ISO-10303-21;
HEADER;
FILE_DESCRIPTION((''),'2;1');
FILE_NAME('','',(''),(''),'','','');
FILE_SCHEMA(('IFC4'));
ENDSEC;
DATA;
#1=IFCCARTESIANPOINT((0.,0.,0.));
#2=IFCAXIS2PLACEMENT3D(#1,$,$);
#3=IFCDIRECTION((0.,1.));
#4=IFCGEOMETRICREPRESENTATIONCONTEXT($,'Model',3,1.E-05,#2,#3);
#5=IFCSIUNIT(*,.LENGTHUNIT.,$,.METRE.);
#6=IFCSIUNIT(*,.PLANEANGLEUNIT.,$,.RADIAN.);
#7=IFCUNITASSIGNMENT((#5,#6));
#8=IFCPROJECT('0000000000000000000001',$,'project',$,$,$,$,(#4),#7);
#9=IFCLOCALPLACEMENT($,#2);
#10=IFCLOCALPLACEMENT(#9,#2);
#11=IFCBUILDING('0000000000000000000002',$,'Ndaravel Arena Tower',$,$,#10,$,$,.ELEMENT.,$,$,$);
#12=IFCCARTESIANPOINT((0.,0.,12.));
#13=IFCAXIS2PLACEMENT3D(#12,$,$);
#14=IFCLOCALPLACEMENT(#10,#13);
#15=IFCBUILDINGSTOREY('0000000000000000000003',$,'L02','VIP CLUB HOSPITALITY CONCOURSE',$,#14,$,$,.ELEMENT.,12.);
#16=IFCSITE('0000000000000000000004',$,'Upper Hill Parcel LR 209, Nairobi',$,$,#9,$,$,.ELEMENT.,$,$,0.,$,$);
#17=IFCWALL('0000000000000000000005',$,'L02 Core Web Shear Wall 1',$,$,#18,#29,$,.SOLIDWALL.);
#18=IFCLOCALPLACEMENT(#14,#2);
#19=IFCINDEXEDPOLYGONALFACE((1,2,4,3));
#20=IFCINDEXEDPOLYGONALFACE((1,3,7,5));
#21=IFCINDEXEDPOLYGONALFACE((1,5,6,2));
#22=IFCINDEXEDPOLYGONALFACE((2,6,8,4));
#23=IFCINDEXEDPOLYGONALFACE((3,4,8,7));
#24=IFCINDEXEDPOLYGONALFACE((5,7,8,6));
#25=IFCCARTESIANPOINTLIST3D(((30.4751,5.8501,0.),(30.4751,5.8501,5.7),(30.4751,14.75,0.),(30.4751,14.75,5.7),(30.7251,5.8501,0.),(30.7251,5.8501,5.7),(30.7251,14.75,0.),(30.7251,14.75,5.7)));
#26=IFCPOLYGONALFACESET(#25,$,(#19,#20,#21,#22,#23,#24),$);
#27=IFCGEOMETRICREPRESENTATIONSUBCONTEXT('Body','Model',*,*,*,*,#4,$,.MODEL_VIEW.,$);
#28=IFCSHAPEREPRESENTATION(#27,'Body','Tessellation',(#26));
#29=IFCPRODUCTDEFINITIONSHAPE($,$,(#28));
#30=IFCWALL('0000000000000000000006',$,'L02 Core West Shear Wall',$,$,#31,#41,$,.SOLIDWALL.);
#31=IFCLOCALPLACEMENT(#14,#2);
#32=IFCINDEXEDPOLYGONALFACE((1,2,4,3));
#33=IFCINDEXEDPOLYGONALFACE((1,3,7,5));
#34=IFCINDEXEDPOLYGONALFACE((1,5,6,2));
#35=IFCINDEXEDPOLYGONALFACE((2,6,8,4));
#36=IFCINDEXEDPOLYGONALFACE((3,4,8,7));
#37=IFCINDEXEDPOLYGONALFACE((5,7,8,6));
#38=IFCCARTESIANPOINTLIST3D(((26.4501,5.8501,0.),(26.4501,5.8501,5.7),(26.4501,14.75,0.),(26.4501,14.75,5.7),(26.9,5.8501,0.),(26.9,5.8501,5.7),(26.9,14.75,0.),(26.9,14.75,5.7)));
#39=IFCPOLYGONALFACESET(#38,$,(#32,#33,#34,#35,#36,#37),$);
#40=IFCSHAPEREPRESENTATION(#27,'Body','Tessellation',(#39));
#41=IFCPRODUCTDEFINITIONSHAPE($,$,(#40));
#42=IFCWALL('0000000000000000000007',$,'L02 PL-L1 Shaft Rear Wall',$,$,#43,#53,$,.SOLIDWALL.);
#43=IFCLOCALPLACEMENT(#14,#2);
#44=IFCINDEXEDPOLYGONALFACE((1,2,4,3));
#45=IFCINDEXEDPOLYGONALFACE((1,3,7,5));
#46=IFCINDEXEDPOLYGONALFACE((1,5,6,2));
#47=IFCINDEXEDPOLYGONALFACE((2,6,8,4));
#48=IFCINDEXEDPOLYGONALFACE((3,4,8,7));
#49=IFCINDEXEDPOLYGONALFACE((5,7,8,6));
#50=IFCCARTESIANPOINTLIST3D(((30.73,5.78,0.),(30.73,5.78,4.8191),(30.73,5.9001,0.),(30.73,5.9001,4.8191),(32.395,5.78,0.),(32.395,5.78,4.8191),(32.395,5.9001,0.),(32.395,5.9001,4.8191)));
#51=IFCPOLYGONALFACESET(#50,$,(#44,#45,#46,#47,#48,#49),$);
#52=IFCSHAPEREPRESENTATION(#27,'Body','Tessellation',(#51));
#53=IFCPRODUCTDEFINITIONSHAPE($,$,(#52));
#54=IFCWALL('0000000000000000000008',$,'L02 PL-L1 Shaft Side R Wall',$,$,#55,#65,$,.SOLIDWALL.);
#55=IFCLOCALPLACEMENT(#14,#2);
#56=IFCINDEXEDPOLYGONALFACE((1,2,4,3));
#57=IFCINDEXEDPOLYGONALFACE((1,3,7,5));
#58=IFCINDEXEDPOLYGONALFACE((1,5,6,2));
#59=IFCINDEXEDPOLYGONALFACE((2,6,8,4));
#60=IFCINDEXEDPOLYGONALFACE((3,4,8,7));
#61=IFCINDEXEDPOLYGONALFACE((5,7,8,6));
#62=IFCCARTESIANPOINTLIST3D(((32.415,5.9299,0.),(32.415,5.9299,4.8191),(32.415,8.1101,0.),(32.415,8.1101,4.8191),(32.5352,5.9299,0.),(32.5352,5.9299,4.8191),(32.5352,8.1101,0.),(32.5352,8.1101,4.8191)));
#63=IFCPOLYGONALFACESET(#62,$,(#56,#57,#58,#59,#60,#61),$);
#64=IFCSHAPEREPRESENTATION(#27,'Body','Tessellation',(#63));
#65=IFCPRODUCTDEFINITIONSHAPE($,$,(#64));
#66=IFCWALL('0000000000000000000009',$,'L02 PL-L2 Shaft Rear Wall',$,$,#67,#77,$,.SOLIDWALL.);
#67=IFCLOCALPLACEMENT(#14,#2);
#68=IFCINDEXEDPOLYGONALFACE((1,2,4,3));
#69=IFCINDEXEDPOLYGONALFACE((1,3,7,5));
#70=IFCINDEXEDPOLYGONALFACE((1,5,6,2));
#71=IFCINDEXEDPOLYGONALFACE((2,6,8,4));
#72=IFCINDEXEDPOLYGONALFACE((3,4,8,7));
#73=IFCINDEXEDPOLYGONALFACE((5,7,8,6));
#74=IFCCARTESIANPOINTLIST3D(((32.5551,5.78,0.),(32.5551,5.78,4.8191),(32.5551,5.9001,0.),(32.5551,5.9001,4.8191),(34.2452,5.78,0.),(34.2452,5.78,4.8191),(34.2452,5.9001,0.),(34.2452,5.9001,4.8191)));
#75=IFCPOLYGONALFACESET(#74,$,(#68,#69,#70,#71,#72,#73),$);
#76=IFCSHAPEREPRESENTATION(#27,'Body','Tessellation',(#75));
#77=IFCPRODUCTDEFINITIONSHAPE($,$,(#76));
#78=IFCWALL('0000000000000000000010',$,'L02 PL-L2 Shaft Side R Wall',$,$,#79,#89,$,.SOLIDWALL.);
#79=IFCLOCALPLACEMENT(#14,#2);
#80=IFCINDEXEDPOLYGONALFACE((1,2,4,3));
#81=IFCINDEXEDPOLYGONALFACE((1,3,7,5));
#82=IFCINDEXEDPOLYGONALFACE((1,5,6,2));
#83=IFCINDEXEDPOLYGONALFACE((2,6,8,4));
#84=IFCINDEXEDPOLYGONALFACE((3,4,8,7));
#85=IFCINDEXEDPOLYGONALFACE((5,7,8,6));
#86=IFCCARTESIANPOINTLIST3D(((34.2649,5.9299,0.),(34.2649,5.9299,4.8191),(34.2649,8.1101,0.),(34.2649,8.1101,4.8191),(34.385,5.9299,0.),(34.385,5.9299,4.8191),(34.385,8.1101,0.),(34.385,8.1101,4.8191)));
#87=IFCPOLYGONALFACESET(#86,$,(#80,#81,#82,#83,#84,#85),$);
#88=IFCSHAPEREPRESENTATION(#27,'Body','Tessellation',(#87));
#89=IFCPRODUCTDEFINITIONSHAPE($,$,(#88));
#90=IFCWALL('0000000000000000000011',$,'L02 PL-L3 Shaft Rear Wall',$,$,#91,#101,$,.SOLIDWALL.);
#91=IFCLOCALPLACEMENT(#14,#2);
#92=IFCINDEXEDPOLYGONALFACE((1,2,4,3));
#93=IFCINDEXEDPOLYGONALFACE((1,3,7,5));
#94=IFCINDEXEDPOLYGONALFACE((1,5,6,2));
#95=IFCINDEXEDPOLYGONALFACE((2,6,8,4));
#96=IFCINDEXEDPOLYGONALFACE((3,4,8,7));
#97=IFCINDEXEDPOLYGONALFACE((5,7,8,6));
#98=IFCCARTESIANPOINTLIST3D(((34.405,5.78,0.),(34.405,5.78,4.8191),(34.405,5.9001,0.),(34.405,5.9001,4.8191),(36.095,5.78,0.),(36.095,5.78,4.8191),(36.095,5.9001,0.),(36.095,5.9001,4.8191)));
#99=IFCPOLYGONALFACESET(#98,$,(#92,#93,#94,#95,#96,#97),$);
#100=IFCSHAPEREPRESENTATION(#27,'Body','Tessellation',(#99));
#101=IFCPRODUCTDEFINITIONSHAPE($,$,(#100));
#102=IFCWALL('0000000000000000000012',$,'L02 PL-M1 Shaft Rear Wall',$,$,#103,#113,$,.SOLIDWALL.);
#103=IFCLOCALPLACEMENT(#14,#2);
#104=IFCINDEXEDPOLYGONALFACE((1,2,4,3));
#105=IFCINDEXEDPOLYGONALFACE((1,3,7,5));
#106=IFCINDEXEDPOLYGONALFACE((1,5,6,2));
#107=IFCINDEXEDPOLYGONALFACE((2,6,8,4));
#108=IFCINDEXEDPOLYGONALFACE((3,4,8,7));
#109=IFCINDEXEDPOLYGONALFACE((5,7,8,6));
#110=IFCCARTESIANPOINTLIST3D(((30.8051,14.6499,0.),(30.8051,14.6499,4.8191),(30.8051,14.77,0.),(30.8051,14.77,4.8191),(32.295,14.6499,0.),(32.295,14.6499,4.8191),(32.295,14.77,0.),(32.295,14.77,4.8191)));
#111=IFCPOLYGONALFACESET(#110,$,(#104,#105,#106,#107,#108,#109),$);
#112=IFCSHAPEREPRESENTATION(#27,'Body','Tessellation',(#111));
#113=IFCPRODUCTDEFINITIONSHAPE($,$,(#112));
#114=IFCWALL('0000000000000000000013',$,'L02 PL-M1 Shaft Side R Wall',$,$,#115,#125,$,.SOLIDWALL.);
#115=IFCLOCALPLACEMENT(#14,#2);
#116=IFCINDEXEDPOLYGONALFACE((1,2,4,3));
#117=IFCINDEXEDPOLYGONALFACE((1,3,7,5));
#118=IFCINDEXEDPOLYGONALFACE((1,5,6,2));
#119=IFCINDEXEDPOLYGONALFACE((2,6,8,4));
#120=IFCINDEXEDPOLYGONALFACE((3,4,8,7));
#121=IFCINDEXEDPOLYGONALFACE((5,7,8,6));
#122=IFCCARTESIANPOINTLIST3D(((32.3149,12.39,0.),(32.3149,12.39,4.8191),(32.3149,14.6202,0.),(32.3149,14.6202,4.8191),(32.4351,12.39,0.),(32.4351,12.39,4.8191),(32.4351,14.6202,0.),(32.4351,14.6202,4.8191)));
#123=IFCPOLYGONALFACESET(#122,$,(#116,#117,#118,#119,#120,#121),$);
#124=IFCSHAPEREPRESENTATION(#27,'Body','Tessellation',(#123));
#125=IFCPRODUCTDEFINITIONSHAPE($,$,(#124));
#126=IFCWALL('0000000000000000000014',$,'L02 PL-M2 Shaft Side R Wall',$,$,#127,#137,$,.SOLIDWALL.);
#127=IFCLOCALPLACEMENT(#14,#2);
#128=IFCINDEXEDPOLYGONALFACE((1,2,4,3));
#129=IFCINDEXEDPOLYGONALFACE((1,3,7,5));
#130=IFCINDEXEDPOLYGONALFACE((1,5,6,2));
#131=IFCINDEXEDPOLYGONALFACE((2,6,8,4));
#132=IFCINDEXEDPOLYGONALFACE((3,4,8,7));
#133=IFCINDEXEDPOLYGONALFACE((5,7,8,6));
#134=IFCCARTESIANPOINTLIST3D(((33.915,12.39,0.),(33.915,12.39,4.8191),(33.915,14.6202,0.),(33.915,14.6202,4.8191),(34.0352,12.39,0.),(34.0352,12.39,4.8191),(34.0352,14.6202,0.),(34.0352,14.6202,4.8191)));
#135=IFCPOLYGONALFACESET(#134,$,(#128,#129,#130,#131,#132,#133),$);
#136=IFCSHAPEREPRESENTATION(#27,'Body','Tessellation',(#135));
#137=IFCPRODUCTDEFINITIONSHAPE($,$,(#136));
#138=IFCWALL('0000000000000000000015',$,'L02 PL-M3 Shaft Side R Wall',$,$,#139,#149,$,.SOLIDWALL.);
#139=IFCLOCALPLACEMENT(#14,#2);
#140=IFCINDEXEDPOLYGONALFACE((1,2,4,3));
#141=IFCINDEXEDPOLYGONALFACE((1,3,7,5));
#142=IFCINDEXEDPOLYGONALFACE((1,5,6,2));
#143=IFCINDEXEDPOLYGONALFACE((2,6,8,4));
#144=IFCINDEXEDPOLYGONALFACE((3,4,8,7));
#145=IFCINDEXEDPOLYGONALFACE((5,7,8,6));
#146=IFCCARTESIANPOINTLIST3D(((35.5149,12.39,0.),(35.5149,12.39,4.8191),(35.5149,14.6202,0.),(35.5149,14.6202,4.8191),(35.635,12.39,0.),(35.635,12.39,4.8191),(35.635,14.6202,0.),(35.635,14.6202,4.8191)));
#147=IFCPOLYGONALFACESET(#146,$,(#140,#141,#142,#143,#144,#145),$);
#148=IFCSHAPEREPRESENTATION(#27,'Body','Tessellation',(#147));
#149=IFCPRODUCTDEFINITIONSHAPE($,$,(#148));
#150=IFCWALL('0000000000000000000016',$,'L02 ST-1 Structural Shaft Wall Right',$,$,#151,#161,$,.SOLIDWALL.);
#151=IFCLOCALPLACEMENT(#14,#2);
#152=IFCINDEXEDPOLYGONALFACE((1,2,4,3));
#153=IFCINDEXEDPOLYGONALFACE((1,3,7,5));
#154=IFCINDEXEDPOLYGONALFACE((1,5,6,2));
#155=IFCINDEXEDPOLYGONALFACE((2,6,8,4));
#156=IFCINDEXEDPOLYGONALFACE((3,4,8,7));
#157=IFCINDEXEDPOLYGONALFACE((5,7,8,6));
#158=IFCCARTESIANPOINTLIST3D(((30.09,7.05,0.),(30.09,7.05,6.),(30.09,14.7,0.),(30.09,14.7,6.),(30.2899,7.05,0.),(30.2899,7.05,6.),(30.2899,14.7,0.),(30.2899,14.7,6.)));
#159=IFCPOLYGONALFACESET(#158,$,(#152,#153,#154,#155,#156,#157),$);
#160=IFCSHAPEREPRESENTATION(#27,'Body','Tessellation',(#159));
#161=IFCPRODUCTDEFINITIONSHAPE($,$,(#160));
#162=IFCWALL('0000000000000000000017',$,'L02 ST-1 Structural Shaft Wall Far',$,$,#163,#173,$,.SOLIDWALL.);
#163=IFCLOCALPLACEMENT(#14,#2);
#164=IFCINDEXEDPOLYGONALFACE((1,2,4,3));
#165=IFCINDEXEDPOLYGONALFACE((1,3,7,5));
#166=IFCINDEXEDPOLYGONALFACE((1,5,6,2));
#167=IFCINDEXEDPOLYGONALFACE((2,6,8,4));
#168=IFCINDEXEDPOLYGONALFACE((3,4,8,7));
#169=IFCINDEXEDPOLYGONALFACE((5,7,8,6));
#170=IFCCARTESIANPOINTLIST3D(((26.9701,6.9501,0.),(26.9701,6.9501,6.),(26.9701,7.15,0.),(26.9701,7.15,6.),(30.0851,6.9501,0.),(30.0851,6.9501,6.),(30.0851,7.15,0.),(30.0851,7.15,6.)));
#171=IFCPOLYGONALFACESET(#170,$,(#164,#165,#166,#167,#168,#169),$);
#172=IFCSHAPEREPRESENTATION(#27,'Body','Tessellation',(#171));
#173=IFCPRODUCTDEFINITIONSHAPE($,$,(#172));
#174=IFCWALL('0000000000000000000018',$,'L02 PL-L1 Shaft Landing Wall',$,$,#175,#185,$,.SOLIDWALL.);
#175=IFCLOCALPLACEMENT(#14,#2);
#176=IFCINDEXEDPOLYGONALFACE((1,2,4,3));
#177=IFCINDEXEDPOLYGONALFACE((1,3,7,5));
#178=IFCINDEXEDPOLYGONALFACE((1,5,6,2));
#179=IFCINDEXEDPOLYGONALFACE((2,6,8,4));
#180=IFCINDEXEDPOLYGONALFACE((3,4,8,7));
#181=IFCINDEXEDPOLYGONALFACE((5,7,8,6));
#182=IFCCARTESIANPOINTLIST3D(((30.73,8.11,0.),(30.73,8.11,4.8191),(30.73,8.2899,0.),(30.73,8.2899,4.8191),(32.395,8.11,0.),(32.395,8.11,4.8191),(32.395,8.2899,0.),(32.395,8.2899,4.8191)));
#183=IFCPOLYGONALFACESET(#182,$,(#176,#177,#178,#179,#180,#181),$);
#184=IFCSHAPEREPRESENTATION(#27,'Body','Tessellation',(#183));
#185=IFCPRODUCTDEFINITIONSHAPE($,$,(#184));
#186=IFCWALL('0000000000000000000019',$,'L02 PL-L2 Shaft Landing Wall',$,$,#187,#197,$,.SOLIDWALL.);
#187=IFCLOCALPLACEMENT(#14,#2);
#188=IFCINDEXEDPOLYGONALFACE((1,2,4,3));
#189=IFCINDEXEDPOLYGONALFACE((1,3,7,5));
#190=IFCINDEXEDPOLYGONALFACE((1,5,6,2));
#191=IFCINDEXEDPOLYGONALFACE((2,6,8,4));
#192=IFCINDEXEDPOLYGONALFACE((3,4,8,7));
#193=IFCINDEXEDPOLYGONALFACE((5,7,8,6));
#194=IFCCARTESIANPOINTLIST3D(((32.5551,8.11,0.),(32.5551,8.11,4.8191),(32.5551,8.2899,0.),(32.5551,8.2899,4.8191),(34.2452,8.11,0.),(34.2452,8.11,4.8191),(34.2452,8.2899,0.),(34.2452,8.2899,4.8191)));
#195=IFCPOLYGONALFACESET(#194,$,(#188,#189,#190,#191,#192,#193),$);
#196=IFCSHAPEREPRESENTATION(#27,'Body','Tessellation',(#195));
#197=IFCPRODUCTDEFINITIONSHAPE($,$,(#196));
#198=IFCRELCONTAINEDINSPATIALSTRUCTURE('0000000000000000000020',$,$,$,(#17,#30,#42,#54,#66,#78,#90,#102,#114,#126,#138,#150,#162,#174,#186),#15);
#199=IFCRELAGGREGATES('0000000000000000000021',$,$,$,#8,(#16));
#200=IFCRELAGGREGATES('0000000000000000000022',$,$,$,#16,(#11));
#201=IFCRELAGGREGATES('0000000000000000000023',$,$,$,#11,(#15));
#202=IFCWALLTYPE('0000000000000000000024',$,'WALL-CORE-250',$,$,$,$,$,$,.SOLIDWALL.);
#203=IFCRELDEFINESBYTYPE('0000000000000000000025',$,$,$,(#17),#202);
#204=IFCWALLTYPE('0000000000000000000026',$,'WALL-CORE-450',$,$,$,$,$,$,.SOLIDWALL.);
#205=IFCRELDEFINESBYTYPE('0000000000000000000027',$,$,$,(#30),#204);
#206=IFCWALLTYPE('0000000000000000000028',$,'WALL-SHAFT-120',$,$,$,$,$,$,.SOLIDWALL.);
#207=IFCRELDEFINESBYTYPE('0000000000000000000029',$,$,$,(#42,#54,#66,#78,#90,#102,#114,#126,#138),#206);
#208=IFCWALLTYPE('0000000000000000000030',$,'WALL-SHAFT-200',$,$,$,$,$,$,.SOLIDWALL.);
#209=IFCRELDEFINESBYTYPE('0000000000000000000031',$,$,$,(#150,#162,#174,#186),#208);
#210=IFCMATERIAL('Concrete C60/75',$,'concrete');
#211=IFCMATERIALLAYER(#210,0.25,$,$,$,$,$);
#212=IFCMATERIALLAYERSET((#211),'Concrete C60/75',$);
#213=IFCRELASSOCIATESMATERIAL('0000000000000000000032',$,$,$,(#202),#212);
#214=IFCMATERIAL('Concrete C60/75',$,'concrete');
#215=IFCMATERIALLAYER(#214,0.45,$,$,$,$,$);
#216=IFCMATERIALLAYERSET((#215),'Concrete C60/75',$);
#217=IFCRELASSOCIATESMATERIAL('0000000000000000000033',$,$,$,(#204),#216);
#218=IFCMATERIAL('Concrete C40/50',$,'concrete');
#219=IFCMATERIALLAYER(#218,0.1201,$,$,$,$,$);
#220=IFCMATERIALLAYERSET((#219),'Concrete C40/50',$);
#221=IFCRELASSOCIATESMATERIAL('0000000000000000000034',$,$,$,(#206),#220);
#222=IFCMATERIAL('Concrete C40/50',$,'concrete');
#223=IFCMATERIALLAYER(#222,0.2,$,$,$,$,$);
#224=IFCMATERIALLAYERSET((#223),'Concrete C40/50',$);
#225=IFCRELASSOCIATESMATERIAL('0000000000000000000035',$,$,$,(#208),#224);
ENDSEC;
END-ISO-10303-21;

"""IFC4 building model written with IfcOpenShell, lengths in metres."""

from ifc_helpers import new_model, si_unit, direction, frame, frame_2d, origin, place, context, subcontext, project, spatial, rectangle, extrude, material, layer, layer_set, type_object, element, save


model = new_model("IFC4")

# Units and contexts
model_context = context("Model", 3, precision=1e-05, world=origin(), true_north=direction((0.0, 1.0)))
body_context = subcontext(model_context, "Body", "Model", "MODEL_VIEW")
ifc_project = project(units=[si_unit("LENGTHUNIT", "METRE"), si_unit("PLANEANGLEUNIT", "RADIAN")], contexts=[model_context])

# Site, building, storey
site_placement = place(None, origin())
site = spatial("IfcSite", under=ifc_project, at=site_placement, Name="Upper Hill Parcel LR 209, Nairobi", CompositionType="ELEMENT", RefElevation=0.0)
building_placement = place(site_placement, origin())
building = spatial("IfcBuilding", under=site, at=building_placement, Name="Ndaravel Arena Tower", CompositionType="ELEMENT")
storey_placement = place(building_placement, frame((0.0, 0.0, 12.0)))
storey = spatial("IfcBuildingStorey", under=building, at=storey_placement, Name="L02", Description="VIP CLUB HOSPITALITY CONCOURSE", CompositionType="ELEMENT", Elevation=12.0)

# Walls
ifc_material_1 = material(Name="Concrete C60/75", Category="concrete")
ifc_layer_1 = layer(ifc_material_1, 0.25)
ifc_layer_set_1 = layer_set([ifc_layer_1], Name="Concrete C60/75")
wall_type_1 = type_object("IfcWallType", Name="WALL-CORE-250", PredefinedType="SOLIDWALL", material=ifc_layer_set_1)
wall_1_placement = place(storey_placement, frame((30.6001, 5.8501, 0.0), z_axis=(0.0, 0.0, 1.0), x_axis=(0.0, 1.0, 0.0)))
element("IfcWall", 1, at=wall_1_placement, inside=storey, type_object=wall_type_1, Name="L02 Core Web Shear Wall 1", PredefinedType="SOLIDWALL", context=body_context, shape_type="SweptSolid", body=[
    extrude(rectangle(XDim=8.8999, YDim=0.25, at=frame_2d((4.45, 0.0))), origin(), (0.0, 0.0, 1.0), 5.7),
])
ifc_material_2 = material(Name="Concrete C60/75", Category="concrete")
ifc_layer_2 = layer(ifc_material_2, 0.45)
ifc_layer_set_2 = layer_set([ifc_layer_2], Name="Concrete C60/75")
wall_type_2 = type_object("IfcWallType", Name="WALL-CORE-450", PredefinedType="SOLIDWALL", material=ifc_layer_set_2)
wall_2_placement = place(storey_placement, frame((26.675, 5.8501, 0.0), z_axis=(0.0, 0.0, 1.0), x_axis=(0.0, 1.0, 0.0)))
element("IfcWall", 2, at=wall_2_placement, inside=storey, type_object=wall_type_2, Name="L02 Core West Shear Wall", PredefinedType="SOLIDWALL", context=body_context, shape_type="SweptSolid", body=[
    extrude(rectangle(XDim=8.8999, YDim=0.45, at=frame_2d((4.45, 0.0))), origin(), (0.0, 0.0, 1.0), 5.7),
])
ifc_material_3 = material(Name="Concrete C40/50", Category="concrete")
ifc_layer_3 = layer(ifc_material_3, 0.1201)
ifc_layer_set_3 = layer_set([ifc_layer_3], Name="Concrete C40/50")
wall_type_3 = type_object("IfcWallType", Name="WALL-SHAFT-120", PredefinedType="SOLIDWALL", material=ifc_layer_set_3)
wall_3_placement = place(storey_placement, frame((30.73, 5.8401, 0.0), z_axis=(0.0, 0.0, 1.0), x_axis=(1.0, 0.0, 0.0)))
element("IfcWall", 3, at=wall_3_placement, inside=storey, type_object=wall_type_3, Name="L02 PL-L1 Shaft Rear Wall", PredefinedType="SOLIDWALL", context=body_context, shape_type="SweptSolid", body=[
    extrude(rectangle(XDim=1.665, YDim=0.1201, at=frame_2d((0.8325, 0.0))), origin(), (0.0, 0.0, 1.0), 4.8191),
])
wall_4_placement = place(storey_placement, frame((32.4751, 5.9299, 0.0), z_axis=(0.0, 0.0, 1.0), x_axis=(0.0, 1.0, 0.0)))
element("IfcWall", 4, at=wall_4_placement, inside=storey, type_object=wall_type_3, Name="L02 PL-L1 Shaft Side R Wall", PredefinedType="SOLIDWALL", context=body_context, shape_type="SweptSolid", body=[
    extrude(rectangle(XDim=2.1802, YDim=0.1201, at=frame_2d((1.0901, 0.0))), origin(), (0.0, 0.0, 1.0), 4.8191),
])
wall_5_placement = place(storey_placement, frame((32.5549, 5.8401, 0.0), z_axis=(0.0, 0.0, 1.0), x_axis=(1.0, 0.0, 0.0)))
element("IfcWall", 5, at=wall_5_placement, inside=storey, type_object=wall_type_3, Name="L02 PL-L2 Shaft Rear Wall", PredefinedType="SOLIDWALL", context=body_context, shape_type="SweptSolid", body=[
    extrude(rectangle(XDim=1.6902, YDim=0.1201, at=frame_2d((0.8452, 0.0))), origin(), (0.0, 0.0, 1.0), 4.8191),
])
wall_6_placement = place(storey_placement, frame((34.325, 5.9299, 0.0), z_axis=(0.0, 0.0, 1.0), x_axis=(0.0, 1.0, 0.0)))
element("IfcWall", 6, at=wall_6_placement, inside=storey, type_object=wall_type_3, Name="L02 PL-L2 Shaft Side R Wall", PredefinedType="SOLIDWALL", context=body_context, shape_type="SweptSolid", body=[
    extrude(rectangle(XDim=2.1802, YDim=0.1201, at=frame_2d((1.0901, 0.0))), origin(), (0.0, 0.0, 1.0), 4.8191),
])
wall_7_placement = place(storey_placement, frame((34.405, 5.8401, 0.0), z_axis=(0.0, 0.0, 1.0), x_axis=(1.0, 0.0, 0.0)))
element("IfcWall", 7, at=wall_7_placement, inside=storey, type_object=wall_type_3, Name="L02 PL-L3 Shaft Rear Wall", PredefinedType="SOLIDWALL", context=body_context, shape_type="SweptSolid", body=[
    extrude(rectangle(XDim=1.6899, YDim=0.1201, at=frame_2d((0.845, 0.0))), origin(), (0.0, 0.0, 1.0), 4.8191),
])
wall_8_placement = place(storey_placement, frame((30.8049, 14.71, 0.0), z_axis=(0.0, 0.0, 1.0), x_axis=(1.0, 0.0, 0.0)))
element("IfcWall", 8, at=wall_8_placement, inside=storey, type_object=wall_type_3, Name="L02 PL-M1 Shaft Rear Wall", PredefinedType="SOLIDWALL", context=body_context, shape_type="SweptSolid", body=[
    extrude(rectangle(XDim=1.49, YDim=0.1201, at=frame_2d((0.7451, 0.0))), origin(), (0.0, 0.0, 1.0), 4.8191),
])
for number, where, z_axis, x_axis, name in (
    (9, (32.375, 12.3899, 0.0), (0.0, 0.0, 1.0), (0.0, 1.0, 0.0), "L02 PL-M1 Shaft Side R Wall"),
    (10, (33.9751, 12.3899, 0.0), (0.0, 0.0, 1.0), (0.0, 1.0, 0.0), "L02 PL-M2 Shaft Side R Wall"),
    (11, (35.575, 12.3899, 0.0), (0.0, 0.0, 1.0), (0.0, 1.0, 0.0), "L02 PL-M3 Shaft Side R Wall"),
):
    element("IfcWall", number, at=place(storey_placement, frame(where, z_axis=z_axis, x_axis=x_axis)), inside=storey, type_object=wall_type_3, Name=name, PredefinedType="SOLIDWALL", context=body_context, shape_type="SweptSolid", body=[
        extrude(rectangle(XDim=2.2302, YDim=0.1201, at=frame_2d((1.1152, 0.0))), origin(), (0.0, 0.0, 1.0), 4.8191),
    ])
ifc_material_4 = material(Name="Concrete C40/50", Category="concrete")
ifc_layer_4 = layer(ifc_material_4, 0.2)
ifc_layer_set_4 = layer_set([ifc_layer_4], Name="Concrete C40/50")
wall_type_4 = type_object("IfcWallType", Name="WALL-SHAFT-200", PredefinedType="SOLIDWALL", material=ifc_layer_set_4)
wall_9_placement = place(storey_placement, frame((30.1899, 14.7, 0.0), z_axis=(0.0, 0.0, 1.0), x_axis=(0.0, -1.0, 0.0)))
element("IfcWall", 12, at=wall_9_placement, inside=storey, type_object=wall_type_4, Name="L02 ST-1 Structural Shaft Wall Right", PredefinedType="SOLIDWALL", context=body_context, shape_type="SweptSolid", body=[
    extrude(rectangle(XDim=7.6499, YDim=0.2, at=frame_2d((3.825, 0.0))), origin(), (0.0, 0.0, 1.0), 6.0),
])
wall_10_placement = place(storey_placement, frame((26.97, 7.05, 0.0), z_axis=(0.0, 0.0, 1.0), x_axis=(1.0, 0.0, 0.0)))
element("IfcWall", 13, at=wall_10_placement, inside=storey, type_object=wall_type_4, Name="L02 ST-1 Structural Shaft Wall Far", PredefinedType="SOLIDWALL", context=body_context, shape_type="SweptSolid", body=[
    extrude(rectangle(XDim=3.115, YDim=0.2, at=frame_2d((1.5576, 0.0))), origin(), (0.0, 0.0, 1.0), 6.0),
])
wall_11_placement = place(storey_placement, frame((30.73, 8.2, 0.0), z_axis=(0.0, 0.0, 1.0), x_axis=(1.0, 0.0, 0.0)))
element("IfcWall", 14, at=wall_11_placement, inside=storey, type_object=wall_type_4, Name="L02 PL-L1 Shaft Landing Wall", PredefinedType="SOLIDWALL", context=body_context, shape_type="SweptSolid", body=[
    extrude(rectangle(XDim=1.665, YDim=0.1799, at=frame_2d((0.8325, 0.0))), origin(), (0.0, 0.0, 1.0), 4.8191),
])
wall_12_placement = place(storey_placement, frame((32.5549, 8.2, 0.0), z_axis=(0.0, 0.0, 1.0), x_axis=(1.0, 0.0, 0.0)))
element("IfcWall", 15, at=wall_12_placement, inside=storey, type_object=wall_type_4, Name="L02 PL-L2 Shaft Landing Wall", PredefinedType="SOLIDWALL", context=body_context, shape_type="SweptSolid", body=[
    extrude(rectangle(XDim=1.6902, YDim=0.1799, at=frame_2d((0.8452, 0.0))), origin(), (0.0, 0.0, 1.0), 4.8191),
])

save(model, "model.ifc")
